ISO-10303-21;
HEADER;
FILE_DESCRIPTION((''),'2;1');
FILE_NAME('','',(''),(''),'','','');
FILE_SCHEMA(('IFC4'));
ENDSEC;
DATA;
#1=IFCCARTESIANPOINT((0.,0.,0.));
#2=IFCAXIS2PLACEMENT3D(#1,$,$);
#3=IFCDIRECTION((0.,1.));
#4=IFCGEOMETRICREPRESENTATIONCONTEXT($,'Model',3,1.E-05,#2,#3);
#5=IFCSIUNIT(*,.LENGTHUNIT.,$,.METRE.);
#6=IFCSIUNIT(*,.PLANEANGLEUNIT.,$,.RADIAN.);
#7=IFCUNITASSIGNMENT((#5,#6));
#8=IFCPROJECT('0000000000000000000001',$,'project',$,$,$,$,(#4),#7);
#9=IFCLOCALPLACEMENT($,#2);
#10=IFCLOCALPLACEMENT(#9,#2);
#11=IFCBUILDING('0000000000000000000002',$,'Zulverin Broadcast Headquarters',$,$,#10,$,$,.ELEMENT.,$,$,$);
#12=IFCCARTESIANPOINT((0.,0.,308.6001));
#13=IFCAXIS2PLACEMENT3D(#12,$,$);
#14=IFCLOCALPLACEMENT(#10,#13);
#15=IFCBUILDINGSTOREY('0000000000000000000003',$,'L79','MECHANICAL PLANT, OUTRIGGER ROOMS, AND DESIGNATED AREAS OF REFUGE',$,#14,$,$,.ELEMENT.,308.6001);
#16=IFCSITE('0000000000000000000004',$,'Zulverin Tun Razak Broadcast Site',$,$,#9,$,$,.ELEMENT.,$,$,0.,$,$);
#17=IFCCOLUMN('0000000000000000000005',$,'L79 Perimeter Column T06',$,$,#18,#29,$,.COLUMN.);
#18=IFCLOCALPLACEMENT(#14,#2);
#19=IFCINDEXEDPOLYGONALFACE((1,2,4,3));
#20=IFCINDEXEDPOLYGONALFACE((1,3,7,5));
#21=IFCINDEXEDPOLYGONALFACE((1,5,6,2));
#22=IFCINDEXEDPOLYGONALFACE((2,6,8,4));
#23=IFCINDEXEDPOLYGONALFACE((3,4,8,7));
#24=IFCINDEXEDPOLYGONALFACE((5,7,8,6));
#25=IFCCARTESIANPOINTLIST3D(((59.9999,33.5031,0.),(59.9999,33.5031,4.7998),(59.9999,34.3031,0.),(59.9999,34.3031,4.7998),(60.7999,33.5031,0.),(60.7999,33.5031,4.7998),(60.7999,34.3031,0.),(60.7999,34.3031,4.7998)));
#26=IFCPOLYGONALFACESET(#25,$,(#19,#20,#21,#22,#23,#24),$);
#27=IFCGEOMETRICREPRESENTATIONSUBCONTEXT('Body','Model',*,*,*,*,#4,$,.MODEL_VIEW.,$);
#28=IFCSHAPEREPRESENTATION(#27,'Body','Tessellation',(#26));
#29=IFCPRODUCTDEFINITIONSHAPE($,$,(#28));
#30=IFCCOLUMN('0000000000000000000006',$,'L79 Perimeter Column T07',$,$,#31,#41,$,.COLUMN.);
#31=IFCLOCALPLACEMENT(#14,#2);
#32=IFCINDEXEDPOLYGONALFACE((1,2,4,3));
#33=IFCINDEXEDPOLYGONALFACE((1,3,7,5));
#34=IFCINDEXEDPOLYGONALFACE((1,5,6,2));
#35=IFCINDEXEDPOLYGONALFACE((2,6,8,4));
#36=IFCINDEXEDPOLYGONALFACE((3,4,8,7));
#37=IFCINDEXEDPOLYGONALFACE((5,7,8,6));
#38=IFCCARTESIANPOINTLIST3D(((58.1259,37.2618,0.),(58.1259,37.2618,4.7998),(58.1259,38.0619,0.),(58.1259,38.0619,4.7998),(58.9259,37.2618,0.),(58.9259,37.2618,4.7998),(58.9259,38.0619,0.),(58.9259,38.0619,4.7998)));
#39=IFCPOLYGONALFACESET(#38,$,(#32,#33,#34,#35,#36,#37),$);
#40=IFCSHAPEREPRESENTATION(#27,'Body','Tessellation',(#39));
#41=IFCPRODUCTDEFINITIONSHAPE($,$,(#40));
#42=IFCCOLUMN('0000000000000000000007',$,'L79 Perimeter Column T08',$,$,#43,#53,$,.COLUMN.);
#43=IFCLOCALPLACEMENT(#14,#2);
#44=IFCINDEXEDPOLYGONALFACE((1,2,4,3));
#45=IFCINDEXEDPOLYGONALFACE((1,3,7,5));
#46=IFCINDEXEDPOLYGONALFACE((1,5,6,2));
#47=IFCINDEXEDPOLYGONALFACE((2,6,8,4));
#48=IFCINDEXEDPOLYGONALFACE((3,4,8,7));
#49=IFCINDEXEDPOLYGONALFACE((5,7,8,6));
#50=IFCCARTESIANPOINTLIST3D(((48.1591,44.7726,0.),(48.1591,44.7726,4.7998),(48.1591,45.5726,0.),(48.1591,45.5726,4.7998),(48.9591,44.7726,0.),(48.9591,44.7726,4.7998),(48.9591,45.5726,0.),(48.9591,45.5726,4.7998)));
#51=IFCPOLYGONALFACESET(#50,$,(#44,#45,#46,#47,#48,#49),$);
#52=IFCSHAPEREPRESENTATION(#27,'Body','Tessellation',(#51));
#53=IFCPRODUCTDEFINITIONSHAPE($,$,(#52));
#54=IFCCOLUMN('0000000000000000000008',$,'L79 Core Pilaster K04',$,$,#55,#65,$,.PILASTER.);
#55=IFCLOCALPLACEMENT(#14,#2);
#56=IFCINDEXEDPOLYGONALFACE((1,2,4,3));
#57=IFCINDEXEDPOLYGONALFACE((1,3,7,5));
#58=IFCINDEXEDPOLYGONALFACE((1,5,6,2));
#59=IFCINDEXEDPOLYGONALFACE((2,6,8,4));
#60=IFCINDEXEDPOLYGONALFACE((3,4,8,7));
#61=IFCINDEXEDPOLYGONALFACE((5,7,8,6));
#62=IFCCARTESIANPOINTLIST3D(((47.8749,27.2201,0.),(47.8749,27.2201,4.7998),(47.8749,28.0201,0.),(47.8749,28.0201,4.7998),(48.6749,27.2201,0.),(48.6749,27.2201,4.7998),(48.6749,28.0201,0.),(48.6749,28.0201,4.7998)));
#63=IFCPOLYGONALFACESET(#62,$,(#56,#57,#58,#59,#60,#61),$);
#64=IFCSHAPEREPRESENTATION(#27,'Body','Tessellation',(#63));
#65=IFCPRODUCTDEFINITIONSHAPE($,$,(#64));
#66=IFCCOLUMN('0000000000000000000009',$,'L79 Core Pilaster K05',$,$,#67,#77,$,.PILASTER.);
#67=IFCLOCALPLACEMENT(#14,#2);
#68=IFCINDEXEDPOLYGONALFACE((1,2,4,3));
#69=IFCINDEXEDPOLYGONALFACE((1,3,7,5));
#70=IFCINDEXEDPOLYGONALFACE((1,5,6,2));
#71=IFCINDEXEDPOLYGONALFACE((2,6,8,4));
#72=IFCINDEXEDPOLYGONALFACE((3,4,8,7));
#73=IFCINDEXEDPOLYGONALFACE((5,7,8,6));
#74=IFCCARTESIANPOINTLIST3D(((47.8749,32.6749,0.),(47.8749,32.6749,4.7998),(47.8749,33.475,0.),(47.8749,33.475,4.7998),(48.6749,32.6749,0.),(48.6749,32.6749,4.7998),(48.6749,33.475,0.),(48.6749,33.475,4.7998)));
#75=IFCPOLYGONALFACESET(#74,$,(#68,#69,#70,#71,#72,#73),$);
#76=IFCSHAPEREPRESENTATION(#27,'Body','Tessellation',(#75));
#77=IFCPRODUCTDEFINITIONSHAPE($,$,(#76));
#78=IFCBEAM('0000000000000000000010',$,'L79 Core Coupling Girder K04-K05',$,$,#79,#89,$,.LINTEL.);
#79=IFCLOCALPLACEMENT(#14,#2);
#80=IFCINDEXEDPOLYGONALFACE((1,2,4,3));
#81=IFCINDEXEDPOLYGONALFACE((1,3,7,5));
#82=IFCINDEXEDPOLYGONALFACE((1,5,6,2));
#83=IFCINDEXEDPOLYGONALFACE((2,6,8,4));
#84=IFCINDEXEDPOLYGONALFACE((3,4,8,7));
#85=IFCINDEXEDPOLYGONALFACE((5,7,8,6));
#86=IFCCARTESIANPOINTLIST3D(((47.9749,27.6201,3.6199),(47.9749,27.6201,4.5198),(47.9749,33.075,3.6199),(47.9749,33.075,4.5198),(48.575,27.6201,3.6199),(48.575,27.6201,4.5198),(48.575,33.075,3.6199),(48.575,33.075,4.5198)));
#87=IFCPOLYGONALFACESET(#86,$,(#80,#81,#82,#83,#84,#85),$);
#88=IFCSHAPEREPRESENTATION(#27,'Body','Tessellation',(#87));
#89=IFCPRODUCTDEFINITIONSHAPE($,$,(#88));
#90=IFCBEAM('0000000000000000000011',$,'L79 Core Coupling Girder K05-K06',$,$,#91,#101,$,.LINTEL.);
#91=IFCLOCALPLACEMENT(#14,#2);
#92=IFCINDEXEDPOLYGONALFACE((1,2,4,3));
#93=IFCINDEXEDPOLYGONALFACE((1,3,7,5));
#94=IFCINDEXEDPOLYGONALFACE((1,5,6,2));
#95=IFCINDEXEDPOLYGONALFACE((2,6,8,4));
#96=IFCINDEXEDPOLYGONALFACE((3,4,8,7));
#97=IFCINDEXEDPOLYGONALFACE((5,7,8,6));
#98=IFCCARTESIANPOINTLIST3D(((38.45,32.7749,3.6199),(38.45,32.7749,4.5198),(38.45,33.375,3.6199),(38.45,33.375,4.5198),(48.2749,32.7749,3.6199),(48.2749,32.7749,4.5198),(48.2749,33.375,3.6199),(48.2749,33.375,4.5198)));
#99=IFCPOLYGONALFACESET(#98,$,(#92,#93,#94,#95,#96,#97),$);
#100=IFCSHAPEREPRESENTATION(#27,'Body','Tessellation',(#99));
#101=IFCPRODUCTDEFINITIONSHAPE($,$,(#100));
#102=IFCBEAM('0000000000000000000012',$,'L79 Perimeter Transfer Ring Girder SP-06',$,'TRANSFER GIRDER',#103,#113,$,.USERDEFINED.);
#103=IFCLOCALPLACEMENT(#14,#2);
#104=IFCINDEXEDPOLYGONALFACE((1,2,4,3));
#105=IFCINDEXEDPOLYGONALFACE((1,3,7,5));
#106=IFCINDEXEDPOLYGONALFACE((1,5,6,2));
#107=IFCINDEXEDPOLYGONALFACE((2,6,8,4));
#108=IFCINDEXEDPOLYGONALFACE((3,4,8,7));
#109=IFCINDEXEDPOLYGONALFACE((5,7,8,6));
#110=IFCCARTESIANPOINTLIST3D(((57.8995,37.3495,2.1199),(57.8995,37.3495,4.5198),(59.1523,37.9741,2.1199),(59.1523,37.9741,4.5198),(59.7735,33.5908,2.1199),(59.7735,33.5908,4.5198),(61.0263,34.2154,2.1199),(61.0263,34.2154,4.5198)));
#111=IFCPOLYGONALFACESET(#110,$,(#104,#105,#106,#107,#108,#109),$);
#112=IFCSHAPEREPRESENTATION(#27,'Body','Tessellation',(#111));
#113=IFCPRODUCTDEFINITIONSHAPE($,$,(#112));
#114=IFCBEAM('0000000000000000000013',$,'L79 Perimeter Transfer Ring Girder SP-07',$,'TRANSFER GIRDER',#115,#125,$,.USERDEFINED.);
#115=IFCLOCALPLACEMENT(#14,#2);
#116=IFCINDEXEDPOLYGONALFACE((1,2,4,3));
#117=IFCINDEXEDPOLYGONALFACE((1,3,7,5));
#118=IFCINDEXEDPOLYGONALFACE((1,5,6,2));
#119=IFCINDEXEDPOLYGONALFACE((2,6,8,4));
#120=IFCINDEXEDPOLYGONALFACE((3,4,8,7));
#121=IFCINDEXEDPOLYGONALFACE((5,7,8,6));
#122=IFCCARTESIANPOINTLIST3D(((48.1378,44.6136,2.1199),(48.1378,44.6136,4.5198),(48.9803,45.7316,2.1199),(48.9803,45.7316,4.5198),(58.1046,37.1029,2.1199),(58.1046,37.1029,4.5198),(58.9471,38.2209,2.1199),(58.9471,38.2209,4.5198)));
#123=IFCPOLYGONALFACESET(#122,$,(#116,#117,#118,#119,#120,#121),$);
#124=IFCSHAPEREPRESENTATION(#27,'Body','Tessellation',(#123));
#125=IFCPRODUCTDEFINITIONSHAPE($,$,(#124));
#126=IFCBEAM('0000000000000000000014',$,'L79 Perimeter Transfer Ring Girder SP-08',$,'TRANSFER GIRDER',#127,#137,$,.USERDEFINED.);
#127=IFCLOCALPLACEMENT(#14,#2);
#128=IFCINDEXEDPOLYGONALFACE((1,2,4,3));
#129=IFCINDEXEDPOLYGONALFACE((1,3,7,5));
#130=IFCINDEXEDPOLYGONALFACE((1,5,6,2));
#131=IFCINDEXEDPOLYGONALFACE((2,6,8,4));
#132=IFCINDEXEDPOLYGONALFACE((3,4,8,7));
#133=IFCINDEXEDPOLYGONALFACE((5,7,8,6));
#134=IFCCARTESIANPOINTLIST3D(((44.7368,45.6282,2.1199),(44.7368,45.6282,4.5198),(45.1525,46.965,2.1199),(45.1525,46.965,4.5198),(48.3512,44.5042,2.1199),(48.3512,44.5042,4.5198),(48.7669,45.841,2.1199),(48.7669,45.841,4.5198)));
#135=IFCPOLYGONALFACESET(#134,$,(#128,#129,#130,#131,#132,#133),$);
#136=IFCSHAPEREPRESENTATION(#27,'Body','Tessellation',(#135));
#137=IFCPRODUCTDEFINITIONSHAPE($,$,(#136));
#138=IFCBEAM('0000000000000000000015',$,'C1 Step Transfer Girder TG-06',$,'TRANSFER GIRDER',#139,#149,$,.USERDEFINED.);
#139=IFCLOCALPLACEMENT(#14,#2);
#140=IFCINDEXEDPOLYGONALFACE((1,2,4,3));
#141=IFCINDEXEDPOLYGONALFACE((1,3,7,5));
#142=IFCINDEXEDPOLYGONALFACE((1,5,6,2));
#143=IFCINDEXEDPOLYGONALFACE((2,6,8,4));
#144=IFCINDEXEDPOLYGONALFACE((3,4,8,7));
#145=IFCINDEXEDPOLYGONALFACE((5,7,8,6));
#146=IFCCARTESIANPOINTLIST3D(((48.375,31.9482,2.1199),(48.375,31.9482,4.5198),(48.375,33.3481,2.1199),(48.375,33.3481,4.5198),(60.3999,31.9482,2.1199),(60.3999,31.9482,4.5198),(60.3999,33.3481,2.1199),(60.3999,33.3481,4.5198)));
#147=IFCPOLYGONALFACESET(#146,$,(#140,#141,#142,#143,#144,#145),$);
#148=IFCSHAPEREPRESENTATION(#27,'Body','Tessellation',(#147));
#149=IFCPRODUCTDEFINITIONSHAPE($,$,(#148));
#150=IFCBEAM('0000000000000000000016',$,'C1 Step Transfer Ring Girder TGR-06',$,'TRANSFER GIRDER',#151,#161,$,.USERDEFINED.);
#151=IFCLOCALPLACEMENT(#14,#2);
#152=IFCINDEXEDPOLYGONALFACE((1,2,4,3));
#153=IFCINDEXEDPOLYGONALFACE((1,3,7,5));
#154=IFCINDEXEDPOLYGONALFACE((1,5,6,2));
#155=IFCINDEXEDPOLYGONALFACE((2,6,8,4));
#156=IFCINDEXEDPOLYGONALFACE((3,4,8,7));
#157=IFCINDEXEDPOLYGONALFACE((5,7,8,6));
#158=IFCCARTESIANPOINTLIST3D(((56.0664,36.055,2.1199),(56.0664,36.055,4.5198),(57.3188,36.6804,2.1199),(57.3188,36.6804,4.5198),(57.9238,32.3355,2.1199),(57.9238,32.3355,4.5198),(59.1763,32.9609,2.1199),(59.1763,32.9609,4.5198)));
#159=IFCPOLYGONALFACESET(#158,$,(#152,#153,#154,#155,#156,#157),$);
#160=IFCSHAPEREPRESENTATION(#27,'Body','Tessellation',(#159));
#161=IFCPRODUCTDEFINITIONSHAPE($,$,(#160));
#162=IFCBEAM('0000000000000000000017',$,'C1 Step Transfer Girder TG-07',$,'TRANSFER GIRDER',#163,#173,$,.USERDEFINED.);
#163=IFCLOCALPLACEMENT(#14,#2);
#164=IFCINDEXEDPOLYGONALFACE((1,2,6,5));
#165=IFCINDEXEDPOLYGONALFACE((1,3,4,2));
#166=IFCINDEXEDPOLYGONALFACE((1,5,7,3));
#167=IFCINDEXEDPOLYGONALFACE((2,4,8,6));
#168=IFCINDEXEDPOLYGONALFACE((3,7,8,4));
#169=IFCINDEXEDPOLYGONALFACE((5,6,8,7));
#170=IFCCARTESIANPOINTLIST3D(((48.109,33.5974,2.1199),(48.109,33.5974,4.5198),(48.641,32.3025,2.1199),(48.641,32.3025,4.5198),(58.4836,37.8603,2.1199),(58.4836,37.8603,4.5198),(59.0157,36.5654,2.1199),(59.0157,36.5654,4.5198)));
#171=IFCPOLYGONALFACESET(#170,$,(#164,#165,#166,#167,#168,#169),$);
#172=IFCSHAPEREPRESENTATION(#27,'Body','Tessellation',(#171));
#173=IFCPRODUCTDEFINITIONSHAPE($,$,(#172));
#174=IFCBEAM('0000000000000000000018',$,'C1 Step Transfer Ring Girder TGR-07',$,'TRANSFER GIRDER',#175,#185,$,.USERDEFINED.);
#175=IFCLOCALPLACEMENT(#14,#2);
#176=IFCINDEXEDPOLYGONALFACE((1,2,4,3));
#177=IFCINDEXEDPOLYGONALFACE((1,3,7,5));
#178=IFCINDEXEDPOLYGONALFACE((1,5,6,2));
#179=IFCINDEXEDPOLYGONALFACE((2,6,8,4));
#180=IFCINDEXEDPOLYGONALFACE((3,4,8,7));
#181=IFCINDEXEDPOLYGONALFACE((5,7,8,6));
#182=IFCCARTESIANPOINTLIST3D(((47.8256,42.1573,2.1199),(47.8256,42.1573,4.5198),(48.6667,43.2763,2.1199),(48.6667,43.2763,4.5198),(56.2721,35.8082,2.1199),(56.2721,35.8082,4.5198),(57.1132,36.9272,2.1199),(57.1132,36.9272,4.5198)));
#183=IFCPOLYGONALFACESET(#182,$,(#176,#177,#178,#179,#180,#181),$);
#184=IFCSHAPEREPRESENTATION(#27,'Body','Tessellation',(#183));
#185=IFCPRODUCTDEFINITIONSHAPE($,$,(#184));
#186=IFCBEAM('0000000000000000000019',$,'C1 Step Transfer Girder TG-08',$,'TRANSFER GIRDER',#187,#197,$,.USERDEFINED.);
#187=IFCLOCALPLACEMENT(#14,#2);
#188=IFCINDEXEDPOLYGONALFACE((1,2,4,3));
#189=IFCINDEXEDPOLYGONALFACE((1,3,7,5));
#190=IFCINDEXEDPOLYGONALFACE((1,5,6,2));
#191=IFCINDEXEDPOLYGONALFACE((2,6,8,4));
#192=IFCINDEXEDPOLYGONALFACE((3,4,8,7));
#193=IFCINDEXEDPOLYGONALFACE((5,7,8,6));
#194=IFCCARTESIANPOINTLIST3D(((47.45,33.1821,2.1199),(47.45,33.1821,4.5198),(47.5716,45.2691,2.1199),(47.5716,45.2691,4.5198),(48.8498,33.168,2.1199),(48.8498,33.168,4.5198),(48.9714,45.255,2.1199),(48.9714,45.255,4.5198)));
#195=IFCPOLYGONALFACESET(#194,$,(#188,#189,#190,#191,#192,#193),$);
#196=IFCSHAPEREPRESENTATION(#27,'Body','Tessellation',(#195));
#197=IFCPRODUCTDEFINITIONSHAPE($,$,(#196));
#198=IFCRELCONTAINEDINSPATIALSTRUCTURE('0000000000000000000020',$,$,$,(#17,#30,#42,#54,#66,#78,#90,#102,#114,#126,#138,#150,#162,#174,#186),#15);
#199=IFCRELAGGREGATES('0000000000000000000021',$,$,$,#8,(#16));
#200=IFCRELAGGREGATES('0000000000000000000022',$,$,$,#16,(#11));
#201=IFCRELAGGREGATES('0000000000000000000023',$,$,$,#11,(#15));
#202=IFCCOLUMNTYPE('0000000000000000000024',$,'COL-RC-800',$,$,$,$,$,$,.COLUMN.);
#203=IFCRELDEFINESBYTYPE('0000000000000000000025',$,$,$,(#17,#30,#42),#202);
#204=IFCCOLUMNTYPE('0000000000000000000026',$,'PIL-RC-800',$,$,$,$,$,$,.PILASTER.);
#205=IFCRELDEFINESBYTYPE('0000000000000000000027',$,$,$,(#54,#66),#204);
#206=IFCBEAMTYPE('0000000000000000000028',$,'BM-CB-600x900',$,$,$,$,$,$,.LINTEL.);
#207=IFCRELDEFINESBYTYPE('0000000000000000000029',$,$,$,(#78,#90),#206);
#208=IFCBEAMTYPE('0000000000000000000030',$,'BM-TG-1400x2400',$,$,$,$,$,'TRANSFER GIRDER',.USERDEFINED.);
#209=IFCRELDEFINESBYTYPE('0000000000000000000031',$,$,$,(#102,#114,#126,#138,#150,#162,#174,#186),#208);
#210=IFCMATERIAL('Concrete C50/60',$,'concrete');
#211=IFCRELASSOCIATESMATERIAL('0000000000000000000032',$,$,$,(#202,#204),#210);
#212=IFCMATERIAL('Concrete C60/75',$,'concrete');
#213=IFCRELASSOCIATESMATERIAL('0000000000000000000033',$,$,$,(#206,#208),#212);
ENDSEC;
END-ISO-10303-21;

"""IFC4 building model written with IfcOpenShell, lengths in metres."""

from ifc_helpers import new_model, si_unit, direction, frame, origin, origin_2d, place, context, subcontext, project, spatial, rectangle, extrude, material, material_profile, profile_set, type_object, element, save


model = new_model("IFC4")

# Units and contexts
model_context = context("Model", 3, precision=1e-05, world=origin(), true_north=direction((0.0, 1.0)))
body_context = subcontext(model_context, "Body", "Model", "MODEL_VIEW")
ifc_project = project(units=[si_unit("LENGTHUNIT", "METRE"), si_unit("PLANEANGLEUNIT", "RADIAN")], contexts=[model_context])

# Site, building, storey
site_placement = place(None, origin())
site = spatial("IfcSite", under=ifc_project, at=site_placement, Name="Zulverin Tun Razak Broadcast Site", CompositionType="ELEMENT", RefElevation=0.0)
building_placement = place(site_placement, origin())
building = spatial("IfcBuilding", under=site, at=building_placement, Name="Zulverin Broadcast Headquarters", CompositionType="ELEMENT")
storey_placement = place(building_placement, frame((0.0, 0.0, 308.6001)))
storey = spatial("IfcBuildingStorey", under=building, at=storey_placement, Name="L79", Description="MECHANICAL PLANT, OUTRIGGER ROOMS, AND DESIGNATED AREAS OF REFUGE", CompositionType="ELEMENT", Elevation=308.6001)

# Columns
ifc_material_1 = material(Name="Concrete C50/60", Category="concrete")
ifc_material_profile_1 = material_profile(ifc_material_1, rectangle(XDim=0.8, YDim=0.8, at=origin_2d()), Name="Concrete C50/60", Category="concrete")
ifc_profile_set_1 = profile_set([ifc_material_profile_1], Name="Concrete C50/60")
column_type_1 = type_object("IfcColumnType", Name="COL-RC-800", PredefinedType="COLUMN", material=ifc_profile_set_1)
for number, where, z_axis, x_axis, name in (
    (1, (60.3999, 33.9031, 0.0), (0.0, 0.0, 1.0), (1.0, 0.0, 0.0), "L79 Perimeter Column T06"),
    (2, (58.5259, 37.6619, 0.0), (0.0, 0.0, 1.0), (1.0, 0.0, 0.0), "L79 Perimeter Column T07"),
    (3, (48.5591, 45.1726, 0.0), (0.0, 0.0, 1.0), (1.0, 0.0, 0.0), "L79 Perimeter Column T08"),
):
    element("IfcColumn", number, at=place(storey_placement, frame(where, z_axis=z_axis, x_axis=x_axis)), inside=storey, type_object=column_type_1, Name=name, PredefinedType="COLUMN", context=body_context, shape_type="SweptSolid", body=[
        extrude(rectangle(XDim=0.8, YDim=0.8, at=origin_2d()), origin(), (0.0, 0.0, 1.0), 4.7998),
    ])
ifc_material_profile_2 = material_profile(ifc_material_1, rectangle(XDim=0.8, YDim=0.8, at=origin_2d()), Name="Concrete C50/60", Category="concrete")
ifc_profile_set_2 = profile_set([ifc_material_profile_2], Name="Concrete C50/60")
column_type_2 = type_object("IfcColumnType", Name="PIL-RC-800", PredefinedType="PILASTER", material=ifc_profile_set_2)
for number, where, z_axis, x_axis, name in (
    (4, (48.2749, 27.6201, 0.0), (0.0, 0.0, 1.0), (1.0, 0.0, 0.0), "L79 Core Pilaster K04"),
    (5, (48.2749, 33.075, 0.0), (0.0, 0.0, 1.0), (1.0, 0.0, 0.0), "L79 Core Pilaster K05"),
):
    element("IfcColumn", number, at=place(storey_placement, frame(where, z_axis=z_axis, x_axis=x_axis)), inside=storey, type_object=column_type_2, Name=name, PredefinedType="PILASTER", context=body_context, shape_type="SweptSolid", body=[
        extrude(rectangle(XDim=0.8, YDim=0.8, at=origin_2d()), origin(), (0.0, 0.0, 1.0), 4.7998),
    ])

# Beams
ifc_material_2 = material(Name="Concrete C60/75", Category="concrete")
ifc_material_profile_3 = material_profile(ifc_material_2, rectangle(XDim=0.6001, YDim=0.8999, at=origin_2d()), Name="Concrete C60/75", Category="concrete")
ifc_profile_set_3 = profile_set([ifc_material_profile_3], Name="Concrete C60/75")
beam_type_1 = type_object("IfcBeamType", Name="BM-CB-600x900", PredefinedType="LINTEL", material=ifc_profile_set_3)
beam_1_placement = place(storey_placement, frame((48.2749, 27.6201, 4.0698), z_axis=(0.0, 1.0, 0.0), x_axis=(-1.0, 0.0, 0.0)))
element("IfcBeam", 6, at=beam_1_placement, inside=storey, type_object=beam_type_1, Name="L79 Core Coupling Girder K04-K05", PredefinedType="LINTEL", context=body_context, shape_type="SweptSolid", body=[
    extrude(rectangle(XDim=0.6001, YDim=0.8999, at=origin_2d()), origin(), (0.0, 0.0, 1.0), 5.4548),
])
beam_2_placement = place(storey_placement, frame((48.2749, 33.075, 4.0698), z_axis=(-1.0, 0.0, 0.0), x_axis=(0.0, -1.0, 0.0)))
element("IfcBeam", 7, at=beam_2_placement, inside=storey, type_object=beam_type_1, Name="L79 Core Coupling Girder K05-K06", PredefinedType="LINTEL", context=body_context, shape_type="SweptSolid", body=[
    extrude(rectangle(XDim=0.6001, YDim=0.8999, at=origin_2d()), origin(), (0.0, 0.0, 1.0), 9.825),
])
ifc_material_profile_4 = material_profile(ifc_material_2, rectangle(XDim=1.3999, YDim=2.3999, at=origin_2d()), Name="Concrete C60/75", Category="concrete")
ifc_profile_set_4 = profile_set([ifc_material_profile_4], Name="Concrete C60/75")
beam_type_2 = type_object("IfcBeamType", Name="BM-TG-1400x2400", ElementType="TRANSFER GIRDER", PredefinedType="USERDEFINED", material=ifc_profile_set_4)
beam_3_placement = place(storey_placement, frame((60.3999, 33.9031, 3.3198), z_axis=(-0.44619, 0.894938, 0.0), x_axis=(-0.894938, -0.44619, 0.0)))
element("IfcBeam", 8, at=beam_3_placement, inside=storey, type_object=beam_type_2, Name="L79 Perimeter Transfer Ring Girder SP-06", ObjectType="TRANSFER GIRDER", PredefinedType="USERDEFINED", context=body_context, shape_type="SweptSolid", body=[
    extrude(rectangle(XDim=1.3999, YDim=2.3999, at=origin_2d()), origin(), (0.0, 0.0, 1.0), 4.2),
])
beam_4_placement = place(storey_placement, frame((58.5259, 37.6619, 3.3198), z_axis=(-0.798627, 0.601826, 0.0), x_axis=(-0.601826, -0.798627, 0.0)))
element("IfcBeam", 9, at=beam_4_placement, inside=storey, type_object=beam_type_2, Name="L79 Perimeter Transfer Ring Girder SP-07", ObjectType="TRANSFER GIRDER", PredefinedType="USERDEFINED", context=body_context, shape_type="SweptSolid", body=[
    extrude(rectangle(XDim=1.3999, YDim=2.3999, at=origin_2d()), origin(), (0.0, 0.0, 1.0), 12.48),
])
beam_5_placement = place(storey_placement, frame((48.5591, 45.1726, 3.3198), z_axis=(-0.954893, 0.296949, 0.0), x_axis=(-0.296949, -0.954893, 0.0)))
element("IfcBeam", 10, at=beam_5_placement, inside=storey, type_object=beam_type_2, Name="L79 Perimeter Transfer Ring Girder SP-08", ObjectType="TRANSFER GIRDER", PredefinedType="USERDEFINED", context=body_context, shape_type="SweptSolid", body=[
    extrude(rectangle(XDim=1.3999, YDim=2.3999, at=origin_2d()), origin(), (0.0, 0.0, 1.0), 3.7852),
])
beam_6_placement = place(storey_placement, frame((48.375, 32.6482, 3.3198), z_axis=(1.0, 0.0, 0.0), x_axis=(0.0, 1.0, 0.0)))
element("IfcBeam", 11, at=beam_6_placement, inside=storey, type_object=beam_type_2, Name="C1 Step Transfer Girder TG-06", ObjectType="TRANSFER GIRDER", PredefinedType="USERDEFINED", context=body_context, shape_type="SweptSolid", body=[
    extrude(rectangle(XDim=1.3999, YDim=2.3999, at=origin_2d()), origin(), (0.0, 0.0, 1.0), 12.0249),
])
beam_7_placement = place(storey_placement, frame((58.55, 32.6482, 3.3198), z_axis=(-0.446767, 0.89465, 0.0), x_axis=(-0.89465, -0.446767, 0.0)))
element("IfcBeam", 12, at=beam_7_placement, inside=storey, type_object=beam_type_2, Name="C1 Step Transfer Ring Girder TGR-06", ObjectType="TRANSFER GIRDER", PredefinedType="USERDEFINED", context=body_context, shape_type="SweptSolid", body=[
    extrude(rectangle(XDim=1.3999, YDim=2.3999, at=origin_2d()), origin(), (0.0, 0.0, 1.0), 4.1575),
])
beam_8_placement = place(storey_placement, frame((48.375, 32.95, 3.3198), z_axis=(0.924961, 0.380062, 0.0), x_axis=(-0.380062, 0.924961, 0.0)))
element("IfcBeam", 13, at=beam_8_placement, inside=storey, type_object=beam_type_2, Name="C1 Step Transfer Girder TG-07", ObjectType="TRANSFER GIRDER", PredefinedType="USERDEFINED", context=body_context, shape_type="SweptSolid", body=[
    extrude(rectangle(XDim=1.3999, YDim=2.3999, at=origin_2d()), origin(), (0.0, 0.0, 1.0), 11.2163),
])
beam_9_placement = place(storey_placement, frame((56.6926, 36.3677, 3.3198), z_axis=(-0.799354, 0.600861, 0.0), x_axis=(-0.600861, -0.799354, 0.0)))
element("IfcBeam", 14, at=beam_9_placement, inside=storey, type_object=beam_type_2, Name="C1 Step Transfer Ring Girder TGR-07", ObjectType="TRANSFER GIRDER", PredefinedType="USERDEFINED", context=body_context, shape_type="SweptSolid", body=[
    extrude(rectangle(XDim=1.3999, YDim=2.3999, at=origin_2d()), origin(), (0.0, 0.0, 1.0), 10.5667),
])
beam_10_placement = place(storey_placement, frame((48.1499, 33.175, 3.3198), z_axis=(0.010058, 0.999949, 0.0), x_axis=(-0.999949, 0.010058, 0.0)))
element("IfcBeam", 15, at=beam_10_placement, inside=storey, type_object=beam_type_2, Name="C1 Step Transfer Girder TG-08", ObjectType="TRANSFER GIRDER", PredefinedType="USERDEFINED", context=body_context, shape_type="SweptSolid", body=[
    extrude(rectangle(XDim=1.3999, YDim=2.3999, at=origin_2d()), origin(), (0.0, 0.0, 1.0), 12.0876),
])

save(model, "model.ifc")
